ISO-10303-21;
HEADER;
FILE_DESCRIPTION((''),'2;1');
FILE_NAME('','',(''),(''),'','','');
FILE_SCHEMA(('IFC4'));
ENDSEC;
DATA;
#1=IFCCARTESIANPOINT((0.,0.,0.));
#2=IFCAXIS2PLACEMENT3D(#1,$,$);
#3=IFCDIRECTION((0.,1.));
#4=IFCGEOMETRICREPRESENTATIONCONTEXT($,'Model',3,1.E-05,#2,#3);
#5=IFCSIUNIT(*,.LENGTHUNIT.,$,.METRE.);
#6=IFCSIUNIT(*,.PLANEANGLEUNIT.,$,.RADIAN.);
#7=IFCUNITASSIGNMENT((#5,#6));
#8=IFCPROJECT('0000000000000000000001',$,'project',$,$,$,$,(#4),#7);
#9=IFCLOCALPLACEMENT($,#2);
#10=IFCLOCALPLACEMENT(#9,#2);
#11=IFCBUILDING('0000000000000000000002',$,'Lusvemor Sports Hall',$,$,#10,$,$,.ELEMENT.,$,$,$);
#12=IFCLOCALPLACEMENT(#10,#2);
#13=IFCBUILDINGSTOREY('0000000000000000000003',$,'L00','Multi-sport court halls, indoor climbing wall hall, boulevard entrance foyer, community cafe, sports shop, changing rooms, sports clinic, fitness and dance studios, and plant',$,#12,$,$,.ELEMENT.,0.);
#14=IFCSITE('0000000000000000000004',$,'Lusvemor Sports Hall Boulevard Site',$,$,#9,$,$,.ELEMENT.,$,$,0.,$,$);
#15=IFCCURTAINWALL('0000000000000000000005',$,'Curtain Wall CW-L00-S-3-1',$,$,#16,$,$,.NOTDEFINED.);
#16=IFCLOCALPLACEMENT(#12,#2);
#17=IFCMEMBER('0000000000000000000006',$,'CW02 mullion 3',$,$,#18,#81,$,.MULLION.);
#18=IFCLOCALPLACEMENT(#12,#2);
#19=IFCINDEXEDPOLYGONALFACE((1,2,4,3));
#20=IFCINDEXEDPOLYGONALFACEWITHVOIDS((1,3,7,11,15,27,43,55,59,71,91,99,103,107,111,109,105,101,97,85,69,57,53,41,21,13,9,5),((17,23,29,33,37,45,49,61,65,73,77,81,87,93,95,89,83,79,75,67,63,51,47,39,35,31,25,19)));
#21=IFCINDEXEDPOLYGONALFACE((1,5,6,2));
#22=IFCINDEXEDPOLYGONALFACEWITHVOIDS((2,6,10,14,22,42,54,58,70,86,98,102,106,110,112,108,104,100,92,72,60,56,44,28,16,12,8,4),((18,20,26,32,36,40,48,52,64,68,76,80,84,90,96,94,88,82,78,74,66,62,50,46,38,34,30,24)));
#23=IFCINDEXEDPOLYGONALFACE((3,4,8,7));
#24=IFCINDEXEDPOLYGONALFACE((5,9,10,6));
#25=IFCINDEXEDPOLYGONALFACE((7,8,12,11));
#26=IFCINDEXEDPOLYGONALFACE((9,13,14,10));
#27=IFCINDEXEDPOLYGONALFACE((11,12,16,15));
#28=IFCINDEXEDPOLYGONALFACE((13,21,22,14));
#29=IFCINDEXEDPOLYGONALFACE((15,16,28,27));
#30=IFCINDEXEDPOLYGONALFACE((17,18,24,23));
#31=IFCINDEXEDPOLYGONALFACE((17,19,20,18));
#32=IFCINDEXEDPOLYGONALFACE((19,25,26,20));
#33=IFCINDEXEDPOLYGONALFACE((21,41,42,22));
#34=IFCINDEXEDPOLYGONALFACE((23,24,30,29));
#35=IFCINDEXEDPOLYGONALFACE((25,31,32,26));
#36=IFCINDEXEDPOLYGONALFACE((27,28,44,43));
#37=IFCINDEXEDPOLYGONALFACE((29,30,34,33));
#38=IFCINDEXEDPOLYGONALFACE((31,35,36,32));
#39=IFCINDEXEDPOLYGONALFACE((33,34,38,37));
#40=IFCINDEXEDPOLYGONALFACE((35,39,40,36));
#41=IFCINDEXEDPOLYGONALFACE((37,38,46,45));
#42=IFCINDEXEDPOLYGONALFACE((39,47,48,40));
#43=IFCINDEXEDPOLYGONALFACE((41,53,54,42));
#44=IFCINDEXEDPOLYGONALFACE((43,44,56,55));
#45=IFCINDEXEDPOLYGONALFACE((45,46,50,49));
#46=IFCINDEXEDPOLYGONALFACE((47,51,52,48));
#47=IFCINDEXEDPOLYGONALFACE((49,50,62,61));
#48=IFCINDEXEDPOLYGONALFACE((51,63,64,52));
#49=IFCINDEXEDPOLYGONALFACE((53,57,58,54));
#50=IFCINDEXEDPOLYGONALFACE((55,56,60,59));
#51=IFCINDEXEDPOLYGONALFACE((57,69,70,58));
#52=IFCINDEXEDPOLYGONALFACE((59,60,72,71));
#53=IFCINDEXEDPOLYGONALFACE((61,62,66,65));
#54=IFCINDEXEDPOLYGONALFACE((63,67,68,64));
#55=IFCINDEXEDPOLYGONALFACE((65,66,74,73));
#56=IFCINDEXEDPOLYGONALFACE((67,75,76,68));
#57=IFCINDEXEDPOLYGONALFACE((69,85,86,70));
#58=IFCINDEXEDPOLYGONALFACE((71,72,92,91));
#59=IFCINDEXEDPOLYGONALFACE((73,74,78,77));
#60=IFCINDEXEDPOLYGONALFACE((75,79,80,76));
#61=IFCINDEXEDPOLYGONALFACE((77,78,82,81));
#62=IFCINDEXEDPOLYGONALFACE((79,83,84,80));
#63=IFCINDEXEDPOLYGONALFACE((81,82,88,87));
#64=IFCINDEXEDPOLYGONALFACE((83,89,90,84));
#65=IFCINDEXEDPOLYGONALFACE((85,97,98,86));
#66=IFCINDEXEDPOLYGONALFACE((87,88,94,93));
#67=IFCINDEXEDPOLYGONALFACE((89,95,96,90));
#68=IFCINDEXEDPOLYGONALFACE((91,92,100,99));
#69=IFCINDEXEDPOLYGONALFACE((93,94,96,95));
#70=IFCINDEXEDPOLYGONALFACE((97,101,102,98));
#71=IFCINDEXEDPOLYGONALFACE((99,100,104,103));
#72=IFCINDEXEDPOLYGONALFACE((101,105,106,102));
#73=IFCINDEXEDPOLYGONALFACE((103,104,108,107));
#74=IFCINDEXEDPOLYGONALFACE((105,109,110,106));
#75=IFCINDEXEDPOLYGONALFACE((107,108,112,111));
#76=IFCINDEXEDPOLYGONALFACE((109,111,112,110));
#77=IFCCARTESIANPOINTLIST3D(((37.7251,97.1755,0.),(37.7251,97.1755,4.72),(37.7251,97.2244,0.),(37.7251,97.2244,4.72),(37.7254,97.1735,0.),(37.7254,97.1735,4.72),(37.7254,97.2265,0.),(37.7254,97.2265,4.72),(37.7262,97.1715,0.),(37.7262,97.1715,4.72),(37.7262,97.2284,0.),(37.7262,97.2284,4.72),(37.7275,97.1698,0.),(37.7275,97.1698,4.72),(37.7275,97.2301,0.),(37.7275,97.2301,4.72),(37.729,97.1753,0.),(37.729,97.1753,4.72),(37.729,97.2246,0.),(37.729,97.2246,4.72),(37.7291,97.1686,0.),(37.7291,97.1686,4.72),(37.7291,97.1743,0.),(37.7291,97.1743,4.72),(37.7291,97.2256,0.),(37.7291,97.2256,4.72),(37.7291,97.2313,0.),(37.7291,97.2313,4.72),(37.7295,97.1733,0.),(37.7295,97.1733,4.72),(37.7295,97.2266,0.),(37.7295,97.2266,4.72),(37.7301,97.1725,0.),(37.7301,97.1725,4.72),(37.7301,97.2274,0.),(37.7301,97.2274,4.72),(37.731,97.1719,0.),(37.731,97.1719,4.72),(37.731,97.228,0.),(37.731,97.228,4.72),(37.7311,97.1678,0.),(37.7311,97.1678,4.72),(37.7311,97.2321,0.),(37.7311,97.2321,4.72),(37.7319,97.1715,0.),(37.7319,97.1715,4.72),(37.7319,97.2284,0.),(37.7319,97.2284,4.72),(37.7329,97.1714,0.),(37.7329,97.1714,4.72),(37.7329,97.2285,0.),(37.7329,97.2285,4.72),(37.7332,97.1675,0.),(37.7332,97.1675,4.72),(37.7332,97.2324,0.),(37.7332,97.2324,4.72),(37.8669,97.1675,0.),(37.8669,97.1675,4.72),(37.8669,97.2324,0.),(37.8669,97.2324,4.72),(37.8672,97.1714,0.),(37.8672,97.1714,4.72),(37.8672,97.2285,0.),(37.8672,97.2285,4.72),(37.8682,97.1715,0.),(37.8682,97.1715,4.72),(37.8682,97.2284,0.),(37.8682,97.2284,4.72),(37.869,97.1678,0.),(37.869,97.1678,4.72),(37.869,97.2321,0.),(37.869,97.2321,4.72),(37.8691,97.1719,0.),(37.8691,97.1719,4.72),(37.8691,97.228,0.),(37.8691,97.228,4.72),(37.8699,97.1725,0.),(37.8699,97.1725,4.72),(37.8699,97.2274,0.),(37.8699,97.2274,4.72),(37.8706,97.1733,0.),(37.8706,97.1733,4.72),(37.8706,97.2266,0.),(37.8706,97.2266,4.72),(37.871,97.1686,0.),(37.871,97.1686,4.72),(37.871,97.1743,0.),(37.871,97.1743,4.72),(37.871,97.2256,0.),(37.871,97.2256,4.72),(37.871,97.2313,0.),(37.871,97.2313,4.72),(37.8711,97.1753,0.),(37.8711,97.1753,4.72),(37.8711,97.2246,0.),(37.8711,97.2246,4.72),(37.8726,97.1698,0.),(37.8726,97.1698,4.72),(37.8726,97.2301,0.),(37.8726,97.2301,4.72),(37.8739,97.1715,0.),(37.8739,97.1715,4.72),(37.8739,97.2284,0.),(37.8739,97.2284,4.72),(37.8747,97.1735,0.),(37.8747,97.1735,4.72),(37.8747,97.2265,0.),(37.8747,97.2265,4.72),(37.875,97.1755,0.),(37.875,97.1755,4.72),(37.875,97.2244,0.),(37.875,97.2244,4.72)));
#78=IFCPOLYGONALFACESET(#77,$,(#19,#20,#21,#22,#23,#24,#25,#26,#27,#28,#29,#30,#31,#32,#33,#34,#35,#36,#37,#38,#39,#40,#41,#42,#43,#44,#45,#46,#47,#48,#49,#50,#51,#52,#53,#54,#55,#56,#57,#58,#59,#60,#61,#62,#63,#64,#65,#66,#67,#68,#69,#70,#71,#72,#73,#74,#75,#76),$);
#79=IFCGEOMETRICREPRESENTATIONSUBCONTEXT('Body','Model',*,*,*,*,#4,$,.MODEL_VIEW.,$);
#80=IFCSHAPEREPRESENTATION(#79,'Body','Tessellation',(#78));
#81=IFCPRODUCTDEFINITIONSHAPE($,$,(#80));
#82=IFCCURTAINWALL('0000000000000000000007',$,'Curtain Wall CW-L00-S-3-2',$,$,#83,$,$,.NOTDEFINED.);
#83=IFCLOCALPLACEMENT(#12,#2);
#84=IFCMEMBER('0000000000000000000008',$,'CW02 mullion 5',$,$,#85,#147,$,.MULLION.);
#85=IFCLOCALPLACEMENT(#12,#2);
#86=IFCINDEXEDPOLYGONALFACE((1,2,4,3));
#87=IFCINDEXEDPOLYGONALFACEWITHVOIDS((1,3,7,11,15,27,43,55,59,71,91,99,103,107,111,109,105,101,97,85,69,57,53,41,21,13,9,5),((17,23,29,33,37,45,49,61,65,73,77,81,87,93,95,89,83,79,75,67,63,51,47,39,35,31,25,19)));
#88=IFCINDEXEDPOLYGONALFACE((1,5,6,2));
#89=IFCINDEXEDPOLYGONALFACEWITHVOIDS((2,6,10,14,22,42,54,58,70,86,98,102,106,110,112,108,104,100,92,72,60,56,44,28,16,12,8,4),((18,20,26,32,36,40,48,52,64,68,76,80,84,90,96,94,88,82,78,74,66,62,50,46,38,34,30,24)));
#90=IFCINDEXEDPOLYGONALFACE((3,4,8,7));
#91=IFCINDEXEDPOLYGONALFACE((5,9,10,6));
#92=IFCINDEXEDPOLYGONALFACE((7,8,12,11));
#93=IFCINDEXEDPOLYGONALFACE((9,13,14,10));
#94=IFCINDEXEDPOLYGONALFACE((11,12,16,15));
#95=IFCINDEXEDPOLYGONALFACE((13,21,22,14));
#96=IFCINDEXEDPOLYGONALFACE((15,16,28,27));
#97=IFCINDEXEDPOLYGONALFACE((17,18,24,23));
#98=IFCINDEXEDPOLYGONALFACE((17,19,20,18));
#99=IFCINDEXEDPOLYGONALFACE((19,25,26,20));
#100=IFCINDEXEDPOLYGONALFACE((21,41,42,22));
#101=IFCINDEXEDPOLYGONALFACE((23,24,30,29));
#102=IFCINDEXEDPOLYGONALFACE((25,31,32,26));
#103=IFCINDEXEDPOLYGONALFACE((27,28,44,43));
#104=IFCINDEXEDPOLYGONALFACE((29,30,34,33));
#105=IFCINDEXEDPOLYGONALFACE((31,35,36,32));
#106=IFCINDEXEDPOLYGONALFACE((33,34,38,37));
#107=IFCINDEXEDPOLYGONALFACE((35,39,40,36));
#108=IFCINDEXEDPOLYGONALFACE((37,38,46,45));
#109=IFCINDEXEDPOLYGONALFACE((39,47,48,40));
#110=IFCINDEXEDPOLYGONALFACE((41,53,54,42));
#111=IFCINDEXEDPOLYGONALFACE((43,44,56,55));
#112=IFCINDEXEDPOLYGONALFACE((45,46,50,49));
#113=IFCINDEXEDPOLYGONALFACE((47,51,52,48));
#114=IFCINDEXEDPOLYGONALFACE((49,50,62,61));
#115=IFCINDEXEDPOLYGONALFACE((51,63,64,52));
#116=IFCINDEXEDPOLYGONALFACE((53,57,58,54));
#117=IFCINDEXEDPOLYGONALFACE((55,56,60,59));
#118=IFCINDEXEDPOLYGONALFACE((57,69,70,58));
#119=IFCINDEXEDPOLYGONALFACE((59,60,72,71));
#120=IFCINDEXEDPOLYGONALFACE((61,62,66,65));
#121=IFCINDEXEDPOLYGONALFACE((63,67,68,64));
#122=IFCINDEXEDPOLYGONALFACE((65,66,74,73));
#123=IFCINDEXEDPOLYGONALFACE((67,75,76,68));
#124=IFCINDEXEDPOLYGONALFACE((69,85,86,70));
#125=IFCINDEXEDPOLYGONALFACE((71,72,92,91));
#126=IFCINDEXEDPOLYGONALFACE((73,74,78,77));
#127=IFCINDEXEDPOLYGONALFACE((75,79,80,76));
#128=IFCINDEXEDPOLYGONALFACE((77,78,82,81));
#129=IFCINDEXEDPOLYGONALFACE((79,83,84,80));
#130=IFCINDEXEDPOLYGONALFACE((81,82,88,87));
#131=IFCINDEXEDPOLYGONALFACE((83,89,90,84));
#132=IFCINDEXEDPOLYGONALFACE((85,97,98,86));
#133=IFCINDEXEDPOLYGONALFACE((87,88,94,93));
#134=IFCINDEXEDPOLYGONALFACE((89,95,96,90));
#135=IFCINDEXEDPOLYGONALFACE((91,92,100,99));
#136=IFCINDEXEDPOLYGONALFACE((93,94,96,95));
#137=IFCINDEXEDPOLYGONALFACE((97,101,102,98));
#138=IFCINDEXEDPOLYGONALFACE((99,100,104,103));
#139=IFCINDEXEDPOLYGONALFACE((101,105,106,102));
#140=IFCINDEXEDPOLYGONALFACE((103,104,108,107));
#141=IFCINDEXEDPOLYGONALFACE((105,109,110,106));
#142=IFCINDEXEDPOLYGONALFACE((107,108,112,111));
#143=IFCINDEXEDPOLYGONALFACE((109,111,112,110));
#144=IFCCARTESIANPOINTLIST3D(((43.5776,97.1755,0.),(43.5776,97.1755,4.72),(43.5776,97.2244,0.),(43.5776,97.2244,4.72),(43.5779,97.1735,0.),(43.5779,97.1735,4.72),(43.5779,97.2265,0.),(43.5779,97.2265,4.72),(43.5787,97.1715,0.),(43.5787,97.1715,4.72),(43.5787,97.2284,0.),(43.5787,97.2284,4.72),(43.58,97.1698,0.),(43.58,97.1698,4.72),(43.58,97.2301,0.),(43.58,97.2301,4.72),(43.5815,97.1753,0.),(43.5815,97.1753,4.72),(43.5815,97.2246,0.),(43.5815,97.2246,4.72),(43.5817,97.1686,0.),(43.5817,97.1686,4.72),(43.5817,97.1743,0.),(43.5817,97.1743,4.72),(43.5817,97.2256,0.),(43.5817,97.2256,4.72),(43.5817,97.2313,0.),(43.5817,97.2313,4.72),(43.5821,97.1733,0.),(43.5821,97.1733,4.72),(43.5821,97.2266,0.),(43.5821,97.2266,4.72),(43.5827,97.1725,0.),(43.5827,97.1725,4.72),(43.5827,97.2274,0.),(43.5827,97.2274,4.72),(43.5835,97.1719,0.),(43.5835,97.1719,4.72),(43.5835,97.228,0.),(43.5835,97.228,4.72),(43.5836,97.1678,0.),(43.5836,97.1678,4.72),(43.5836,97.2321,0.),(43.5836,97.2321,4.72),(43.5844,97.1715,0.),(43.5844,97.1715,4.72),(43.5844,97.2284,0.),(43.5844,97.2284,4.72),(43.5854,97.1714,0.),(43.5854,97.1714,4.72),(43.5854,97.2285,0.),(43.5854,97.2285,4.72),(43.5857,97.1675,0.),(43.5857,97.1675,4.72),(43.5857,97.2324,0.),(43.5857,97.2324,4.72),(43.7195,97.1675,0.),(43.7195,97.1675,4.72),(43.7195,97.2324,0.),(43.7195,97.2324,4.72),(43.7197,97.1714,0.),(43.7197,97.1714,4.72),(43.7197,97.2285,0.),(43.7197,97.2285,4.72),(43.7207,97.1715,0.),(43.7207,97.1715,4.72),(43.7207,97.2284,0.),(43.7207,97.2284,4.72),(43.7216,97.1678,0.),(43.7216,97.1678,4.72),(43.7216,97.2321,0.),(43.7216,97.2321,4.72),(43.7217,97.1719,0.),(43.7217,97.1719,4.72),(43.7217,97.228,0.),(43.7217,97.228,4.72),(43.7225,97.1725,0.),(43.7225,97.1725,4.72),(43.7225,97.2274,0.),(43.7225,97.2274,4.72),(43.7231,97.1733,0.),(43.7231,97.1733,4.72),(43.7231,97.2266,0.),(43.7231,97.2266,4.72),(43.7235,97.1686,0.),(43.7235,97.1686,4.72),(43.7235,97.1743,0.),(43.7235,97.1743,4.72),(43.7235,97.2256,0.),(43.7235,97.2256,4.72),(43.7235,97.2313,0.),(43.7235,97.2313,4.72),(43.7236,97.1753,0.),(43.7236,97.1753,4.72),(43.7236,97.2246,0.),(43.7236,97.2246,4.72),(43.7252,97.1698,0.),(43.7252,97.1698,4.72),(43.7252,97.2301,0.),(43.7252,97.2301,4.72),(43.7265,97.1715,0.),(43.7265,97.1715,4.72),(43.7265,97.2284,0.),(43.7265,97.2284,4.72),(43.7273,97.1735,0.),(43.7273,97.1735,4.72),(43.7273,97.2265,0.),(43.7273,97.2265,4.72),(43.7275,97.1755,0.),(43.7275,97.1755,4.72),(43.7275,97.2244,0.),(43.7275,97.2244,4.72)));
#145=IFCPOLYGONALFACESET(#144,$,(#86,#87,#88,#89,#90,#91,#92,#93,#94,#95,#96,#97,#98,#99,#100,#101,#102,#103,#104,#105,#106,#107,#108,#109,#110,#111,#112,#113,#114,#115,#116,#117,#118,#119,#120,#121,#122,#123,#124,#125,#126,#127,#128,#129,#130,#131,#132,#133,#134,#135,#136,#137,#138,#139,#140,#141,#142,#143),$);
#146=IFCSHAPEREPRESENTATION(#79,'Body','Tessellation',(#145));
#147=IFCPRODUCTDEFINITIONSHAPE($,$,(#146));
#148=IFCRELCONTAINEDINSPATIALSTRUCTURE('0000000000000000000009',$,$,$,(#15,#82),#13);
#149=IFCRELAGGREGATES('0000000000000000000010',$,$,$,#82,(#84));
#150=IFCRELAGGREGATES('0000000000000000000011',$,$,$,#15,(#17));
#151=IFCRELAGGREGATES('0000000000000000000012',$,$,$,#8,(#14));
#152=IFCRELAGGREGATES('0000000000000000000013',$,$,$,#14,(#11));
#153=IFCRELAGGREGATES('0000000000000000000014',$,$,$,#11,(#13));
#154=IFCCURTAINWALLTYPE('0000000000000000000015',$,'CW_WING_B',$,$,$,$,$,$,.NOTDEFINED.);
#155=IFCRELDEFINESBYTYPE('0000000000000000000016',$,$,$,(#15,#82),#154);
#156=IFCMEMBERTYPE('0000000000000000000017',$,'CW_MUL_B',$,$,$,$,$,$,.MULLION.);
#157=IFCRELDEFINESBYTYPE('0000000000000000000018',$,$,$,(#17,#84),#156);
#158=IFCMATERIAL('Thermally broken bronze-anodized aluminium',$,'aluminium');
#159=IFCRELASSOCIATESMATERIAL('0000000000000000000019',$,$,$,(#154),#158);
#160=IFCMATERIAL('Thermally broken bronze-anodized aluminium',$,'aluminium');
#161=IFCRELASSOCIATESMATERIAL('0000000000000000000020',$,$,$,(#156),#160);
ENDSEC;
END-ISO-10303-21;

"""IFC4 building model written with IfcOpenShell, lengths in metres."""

from ifc_helpers import new_model, si_unit, direction, frame, origin, origin_2d, place, context, subcontext, project, spatial, hollow_rectangle, extrude, material, material_profile, profile_set, type_object, element, aggregate, save


model = new_model("IFC4")

# Units and contexts
model_context = context("Model", 3, precision=1e-05, world=origin(), true_north=direction((0.0, 1.0)))
body_context = subcontext(model_context, "Body", "Model", "MODEL_VIEW")
ifc_project = project(units=[si_unit("LENGTHUNIT", "METRE"), si_unit("PLANEANGLEUNIT", "RADIAN")], contexts=[model_context])

# Site, building, storey
site_placement = place(None, origin())
site = spatial("IfcSite", under=ifc_project, at=site_placement, Name="Lusvemor Sports Hall Boulevard Site", CompositionType="ELEMENT", RefElevation=0.0)
building_placement = place(site_placement, origin())
building = spatial("IfcBuilding", under=site, at=building_placement, Name="Lusvemor Sports Hall", CompositionType="ELEMENT")
storey_placement = place(building_placement, origin())
storey = spatial("IfcBuildingStorey", under=building, at=storey_placement, Name="L00", Description="Multi-sport court halls, indoor climbing wall hall, boulevard entrance foyer, community cafe, sports shop, changing rooms, sports clinic, fitness and dance studios, and plant", CompositionType="ELEMENT", Elevation=0.0)

# Curtain wall, member
ifc_material_1 = material(Name="Thermally broken bronze-anodized aluminium", Category="aluminium")
curtain_wall_type = type_object("IfcCurtainWallType", Name="CW_WING_B", PredefinedType="NOTDEFINED", material=ifc_material_1)
curtain_wall_1_placement = place(storey_placement, origin())
curtain_wall_1 = element("IfcCurtainWall", 1, at=curtain_wall_1_placement, inside=storey, type_object=curtain_wall_type, Name="Curtain Wall CW-L00-S-3-1", PredefinedType="NOTDEFINED")
ifc_material_2 = material(Name="Thermally broken bronze-anodized aluminium", Category="aluminium")
ifc_material_profile_1 = material_profile(ifc_material_2, hollow_rectangle(XDim=0.0649, YDim=0.1499, WallThickness=0.0039, InnerFilletRadius=0.0039, OuterFilletRadius=0.0081, at=origin_2d()), Name="CWMUL150x65x4")
ifc_profile_set_1 = profile_set([ifc_material_profile_1], Name="Thermally broken bronze-anodized aluminium")
member_type_1 = type_object("IfcMemberType", Name="CW_MUL_B", PredefinedType="MULLION", material=ifc_profile_set_1)
member_1_placement = place(storey_placement, frame((37.8, 97.2, 0.0), z_axis=(0.0, 0.0, 1.0), x_axis=(0.0, -1.0, 0.0)))
member_1 = element("IfcMember", 2, at=member_1_placement, type_object=member_type_1, Name="CW02 mullion 3", PredefinedType="MULLION", context=body_context, shape_type="SweptSolid", body=[
    extrude(hollow_rectangle(XDim=0.0649, YDim=0.1499, WallThickness=0.0039, InnerFilletRadius=0.0039, OuterFilletRadius=0.0081, at=origin_2d()), origin(), (0.0, 0.0, 1.0), 4.72),
])

# Curtain wall, member
curtain_wall_2_placement = place(storey_placement, origin())
curtain_wall_2 = element("IfcCurtainWall", 3, at=curtain_wall_2_placement, inside=storey, type_object=curtain_wall_type, Name="Curtain Wall CW-L00-S-3-2", PredefinedType="NOTDEFINED")
member_2_placement = place(storey_placement, frame((43.6526, 97.2, 0.0), z_axis=(0.0, 0.0, 1.0), x_axis=(0.0, -1.0, 0.0)))
member_2 = element("IfcMember", 4, at=member_2_placement, type_object=member_type_1, Name="CW02 mullion 5", PredefinedType="MULLION", context=body_context, shape_type="SweptSolid", body=[
    extrude(hollow_rectangle(XDim=0.0649, YDim=0.1499, WallThickness=0.0039, InnerFilletRadius=0.0039, OuterFilletRadius=0.0081, at=origin_2d()), origin(), (0.0, 0.0, 1.0), 4.72),
])
aggregate(curtain_wall_2, [member_2])

aggregate(curtain_wall_1, [member_1])

save(model, "model.ifc")
